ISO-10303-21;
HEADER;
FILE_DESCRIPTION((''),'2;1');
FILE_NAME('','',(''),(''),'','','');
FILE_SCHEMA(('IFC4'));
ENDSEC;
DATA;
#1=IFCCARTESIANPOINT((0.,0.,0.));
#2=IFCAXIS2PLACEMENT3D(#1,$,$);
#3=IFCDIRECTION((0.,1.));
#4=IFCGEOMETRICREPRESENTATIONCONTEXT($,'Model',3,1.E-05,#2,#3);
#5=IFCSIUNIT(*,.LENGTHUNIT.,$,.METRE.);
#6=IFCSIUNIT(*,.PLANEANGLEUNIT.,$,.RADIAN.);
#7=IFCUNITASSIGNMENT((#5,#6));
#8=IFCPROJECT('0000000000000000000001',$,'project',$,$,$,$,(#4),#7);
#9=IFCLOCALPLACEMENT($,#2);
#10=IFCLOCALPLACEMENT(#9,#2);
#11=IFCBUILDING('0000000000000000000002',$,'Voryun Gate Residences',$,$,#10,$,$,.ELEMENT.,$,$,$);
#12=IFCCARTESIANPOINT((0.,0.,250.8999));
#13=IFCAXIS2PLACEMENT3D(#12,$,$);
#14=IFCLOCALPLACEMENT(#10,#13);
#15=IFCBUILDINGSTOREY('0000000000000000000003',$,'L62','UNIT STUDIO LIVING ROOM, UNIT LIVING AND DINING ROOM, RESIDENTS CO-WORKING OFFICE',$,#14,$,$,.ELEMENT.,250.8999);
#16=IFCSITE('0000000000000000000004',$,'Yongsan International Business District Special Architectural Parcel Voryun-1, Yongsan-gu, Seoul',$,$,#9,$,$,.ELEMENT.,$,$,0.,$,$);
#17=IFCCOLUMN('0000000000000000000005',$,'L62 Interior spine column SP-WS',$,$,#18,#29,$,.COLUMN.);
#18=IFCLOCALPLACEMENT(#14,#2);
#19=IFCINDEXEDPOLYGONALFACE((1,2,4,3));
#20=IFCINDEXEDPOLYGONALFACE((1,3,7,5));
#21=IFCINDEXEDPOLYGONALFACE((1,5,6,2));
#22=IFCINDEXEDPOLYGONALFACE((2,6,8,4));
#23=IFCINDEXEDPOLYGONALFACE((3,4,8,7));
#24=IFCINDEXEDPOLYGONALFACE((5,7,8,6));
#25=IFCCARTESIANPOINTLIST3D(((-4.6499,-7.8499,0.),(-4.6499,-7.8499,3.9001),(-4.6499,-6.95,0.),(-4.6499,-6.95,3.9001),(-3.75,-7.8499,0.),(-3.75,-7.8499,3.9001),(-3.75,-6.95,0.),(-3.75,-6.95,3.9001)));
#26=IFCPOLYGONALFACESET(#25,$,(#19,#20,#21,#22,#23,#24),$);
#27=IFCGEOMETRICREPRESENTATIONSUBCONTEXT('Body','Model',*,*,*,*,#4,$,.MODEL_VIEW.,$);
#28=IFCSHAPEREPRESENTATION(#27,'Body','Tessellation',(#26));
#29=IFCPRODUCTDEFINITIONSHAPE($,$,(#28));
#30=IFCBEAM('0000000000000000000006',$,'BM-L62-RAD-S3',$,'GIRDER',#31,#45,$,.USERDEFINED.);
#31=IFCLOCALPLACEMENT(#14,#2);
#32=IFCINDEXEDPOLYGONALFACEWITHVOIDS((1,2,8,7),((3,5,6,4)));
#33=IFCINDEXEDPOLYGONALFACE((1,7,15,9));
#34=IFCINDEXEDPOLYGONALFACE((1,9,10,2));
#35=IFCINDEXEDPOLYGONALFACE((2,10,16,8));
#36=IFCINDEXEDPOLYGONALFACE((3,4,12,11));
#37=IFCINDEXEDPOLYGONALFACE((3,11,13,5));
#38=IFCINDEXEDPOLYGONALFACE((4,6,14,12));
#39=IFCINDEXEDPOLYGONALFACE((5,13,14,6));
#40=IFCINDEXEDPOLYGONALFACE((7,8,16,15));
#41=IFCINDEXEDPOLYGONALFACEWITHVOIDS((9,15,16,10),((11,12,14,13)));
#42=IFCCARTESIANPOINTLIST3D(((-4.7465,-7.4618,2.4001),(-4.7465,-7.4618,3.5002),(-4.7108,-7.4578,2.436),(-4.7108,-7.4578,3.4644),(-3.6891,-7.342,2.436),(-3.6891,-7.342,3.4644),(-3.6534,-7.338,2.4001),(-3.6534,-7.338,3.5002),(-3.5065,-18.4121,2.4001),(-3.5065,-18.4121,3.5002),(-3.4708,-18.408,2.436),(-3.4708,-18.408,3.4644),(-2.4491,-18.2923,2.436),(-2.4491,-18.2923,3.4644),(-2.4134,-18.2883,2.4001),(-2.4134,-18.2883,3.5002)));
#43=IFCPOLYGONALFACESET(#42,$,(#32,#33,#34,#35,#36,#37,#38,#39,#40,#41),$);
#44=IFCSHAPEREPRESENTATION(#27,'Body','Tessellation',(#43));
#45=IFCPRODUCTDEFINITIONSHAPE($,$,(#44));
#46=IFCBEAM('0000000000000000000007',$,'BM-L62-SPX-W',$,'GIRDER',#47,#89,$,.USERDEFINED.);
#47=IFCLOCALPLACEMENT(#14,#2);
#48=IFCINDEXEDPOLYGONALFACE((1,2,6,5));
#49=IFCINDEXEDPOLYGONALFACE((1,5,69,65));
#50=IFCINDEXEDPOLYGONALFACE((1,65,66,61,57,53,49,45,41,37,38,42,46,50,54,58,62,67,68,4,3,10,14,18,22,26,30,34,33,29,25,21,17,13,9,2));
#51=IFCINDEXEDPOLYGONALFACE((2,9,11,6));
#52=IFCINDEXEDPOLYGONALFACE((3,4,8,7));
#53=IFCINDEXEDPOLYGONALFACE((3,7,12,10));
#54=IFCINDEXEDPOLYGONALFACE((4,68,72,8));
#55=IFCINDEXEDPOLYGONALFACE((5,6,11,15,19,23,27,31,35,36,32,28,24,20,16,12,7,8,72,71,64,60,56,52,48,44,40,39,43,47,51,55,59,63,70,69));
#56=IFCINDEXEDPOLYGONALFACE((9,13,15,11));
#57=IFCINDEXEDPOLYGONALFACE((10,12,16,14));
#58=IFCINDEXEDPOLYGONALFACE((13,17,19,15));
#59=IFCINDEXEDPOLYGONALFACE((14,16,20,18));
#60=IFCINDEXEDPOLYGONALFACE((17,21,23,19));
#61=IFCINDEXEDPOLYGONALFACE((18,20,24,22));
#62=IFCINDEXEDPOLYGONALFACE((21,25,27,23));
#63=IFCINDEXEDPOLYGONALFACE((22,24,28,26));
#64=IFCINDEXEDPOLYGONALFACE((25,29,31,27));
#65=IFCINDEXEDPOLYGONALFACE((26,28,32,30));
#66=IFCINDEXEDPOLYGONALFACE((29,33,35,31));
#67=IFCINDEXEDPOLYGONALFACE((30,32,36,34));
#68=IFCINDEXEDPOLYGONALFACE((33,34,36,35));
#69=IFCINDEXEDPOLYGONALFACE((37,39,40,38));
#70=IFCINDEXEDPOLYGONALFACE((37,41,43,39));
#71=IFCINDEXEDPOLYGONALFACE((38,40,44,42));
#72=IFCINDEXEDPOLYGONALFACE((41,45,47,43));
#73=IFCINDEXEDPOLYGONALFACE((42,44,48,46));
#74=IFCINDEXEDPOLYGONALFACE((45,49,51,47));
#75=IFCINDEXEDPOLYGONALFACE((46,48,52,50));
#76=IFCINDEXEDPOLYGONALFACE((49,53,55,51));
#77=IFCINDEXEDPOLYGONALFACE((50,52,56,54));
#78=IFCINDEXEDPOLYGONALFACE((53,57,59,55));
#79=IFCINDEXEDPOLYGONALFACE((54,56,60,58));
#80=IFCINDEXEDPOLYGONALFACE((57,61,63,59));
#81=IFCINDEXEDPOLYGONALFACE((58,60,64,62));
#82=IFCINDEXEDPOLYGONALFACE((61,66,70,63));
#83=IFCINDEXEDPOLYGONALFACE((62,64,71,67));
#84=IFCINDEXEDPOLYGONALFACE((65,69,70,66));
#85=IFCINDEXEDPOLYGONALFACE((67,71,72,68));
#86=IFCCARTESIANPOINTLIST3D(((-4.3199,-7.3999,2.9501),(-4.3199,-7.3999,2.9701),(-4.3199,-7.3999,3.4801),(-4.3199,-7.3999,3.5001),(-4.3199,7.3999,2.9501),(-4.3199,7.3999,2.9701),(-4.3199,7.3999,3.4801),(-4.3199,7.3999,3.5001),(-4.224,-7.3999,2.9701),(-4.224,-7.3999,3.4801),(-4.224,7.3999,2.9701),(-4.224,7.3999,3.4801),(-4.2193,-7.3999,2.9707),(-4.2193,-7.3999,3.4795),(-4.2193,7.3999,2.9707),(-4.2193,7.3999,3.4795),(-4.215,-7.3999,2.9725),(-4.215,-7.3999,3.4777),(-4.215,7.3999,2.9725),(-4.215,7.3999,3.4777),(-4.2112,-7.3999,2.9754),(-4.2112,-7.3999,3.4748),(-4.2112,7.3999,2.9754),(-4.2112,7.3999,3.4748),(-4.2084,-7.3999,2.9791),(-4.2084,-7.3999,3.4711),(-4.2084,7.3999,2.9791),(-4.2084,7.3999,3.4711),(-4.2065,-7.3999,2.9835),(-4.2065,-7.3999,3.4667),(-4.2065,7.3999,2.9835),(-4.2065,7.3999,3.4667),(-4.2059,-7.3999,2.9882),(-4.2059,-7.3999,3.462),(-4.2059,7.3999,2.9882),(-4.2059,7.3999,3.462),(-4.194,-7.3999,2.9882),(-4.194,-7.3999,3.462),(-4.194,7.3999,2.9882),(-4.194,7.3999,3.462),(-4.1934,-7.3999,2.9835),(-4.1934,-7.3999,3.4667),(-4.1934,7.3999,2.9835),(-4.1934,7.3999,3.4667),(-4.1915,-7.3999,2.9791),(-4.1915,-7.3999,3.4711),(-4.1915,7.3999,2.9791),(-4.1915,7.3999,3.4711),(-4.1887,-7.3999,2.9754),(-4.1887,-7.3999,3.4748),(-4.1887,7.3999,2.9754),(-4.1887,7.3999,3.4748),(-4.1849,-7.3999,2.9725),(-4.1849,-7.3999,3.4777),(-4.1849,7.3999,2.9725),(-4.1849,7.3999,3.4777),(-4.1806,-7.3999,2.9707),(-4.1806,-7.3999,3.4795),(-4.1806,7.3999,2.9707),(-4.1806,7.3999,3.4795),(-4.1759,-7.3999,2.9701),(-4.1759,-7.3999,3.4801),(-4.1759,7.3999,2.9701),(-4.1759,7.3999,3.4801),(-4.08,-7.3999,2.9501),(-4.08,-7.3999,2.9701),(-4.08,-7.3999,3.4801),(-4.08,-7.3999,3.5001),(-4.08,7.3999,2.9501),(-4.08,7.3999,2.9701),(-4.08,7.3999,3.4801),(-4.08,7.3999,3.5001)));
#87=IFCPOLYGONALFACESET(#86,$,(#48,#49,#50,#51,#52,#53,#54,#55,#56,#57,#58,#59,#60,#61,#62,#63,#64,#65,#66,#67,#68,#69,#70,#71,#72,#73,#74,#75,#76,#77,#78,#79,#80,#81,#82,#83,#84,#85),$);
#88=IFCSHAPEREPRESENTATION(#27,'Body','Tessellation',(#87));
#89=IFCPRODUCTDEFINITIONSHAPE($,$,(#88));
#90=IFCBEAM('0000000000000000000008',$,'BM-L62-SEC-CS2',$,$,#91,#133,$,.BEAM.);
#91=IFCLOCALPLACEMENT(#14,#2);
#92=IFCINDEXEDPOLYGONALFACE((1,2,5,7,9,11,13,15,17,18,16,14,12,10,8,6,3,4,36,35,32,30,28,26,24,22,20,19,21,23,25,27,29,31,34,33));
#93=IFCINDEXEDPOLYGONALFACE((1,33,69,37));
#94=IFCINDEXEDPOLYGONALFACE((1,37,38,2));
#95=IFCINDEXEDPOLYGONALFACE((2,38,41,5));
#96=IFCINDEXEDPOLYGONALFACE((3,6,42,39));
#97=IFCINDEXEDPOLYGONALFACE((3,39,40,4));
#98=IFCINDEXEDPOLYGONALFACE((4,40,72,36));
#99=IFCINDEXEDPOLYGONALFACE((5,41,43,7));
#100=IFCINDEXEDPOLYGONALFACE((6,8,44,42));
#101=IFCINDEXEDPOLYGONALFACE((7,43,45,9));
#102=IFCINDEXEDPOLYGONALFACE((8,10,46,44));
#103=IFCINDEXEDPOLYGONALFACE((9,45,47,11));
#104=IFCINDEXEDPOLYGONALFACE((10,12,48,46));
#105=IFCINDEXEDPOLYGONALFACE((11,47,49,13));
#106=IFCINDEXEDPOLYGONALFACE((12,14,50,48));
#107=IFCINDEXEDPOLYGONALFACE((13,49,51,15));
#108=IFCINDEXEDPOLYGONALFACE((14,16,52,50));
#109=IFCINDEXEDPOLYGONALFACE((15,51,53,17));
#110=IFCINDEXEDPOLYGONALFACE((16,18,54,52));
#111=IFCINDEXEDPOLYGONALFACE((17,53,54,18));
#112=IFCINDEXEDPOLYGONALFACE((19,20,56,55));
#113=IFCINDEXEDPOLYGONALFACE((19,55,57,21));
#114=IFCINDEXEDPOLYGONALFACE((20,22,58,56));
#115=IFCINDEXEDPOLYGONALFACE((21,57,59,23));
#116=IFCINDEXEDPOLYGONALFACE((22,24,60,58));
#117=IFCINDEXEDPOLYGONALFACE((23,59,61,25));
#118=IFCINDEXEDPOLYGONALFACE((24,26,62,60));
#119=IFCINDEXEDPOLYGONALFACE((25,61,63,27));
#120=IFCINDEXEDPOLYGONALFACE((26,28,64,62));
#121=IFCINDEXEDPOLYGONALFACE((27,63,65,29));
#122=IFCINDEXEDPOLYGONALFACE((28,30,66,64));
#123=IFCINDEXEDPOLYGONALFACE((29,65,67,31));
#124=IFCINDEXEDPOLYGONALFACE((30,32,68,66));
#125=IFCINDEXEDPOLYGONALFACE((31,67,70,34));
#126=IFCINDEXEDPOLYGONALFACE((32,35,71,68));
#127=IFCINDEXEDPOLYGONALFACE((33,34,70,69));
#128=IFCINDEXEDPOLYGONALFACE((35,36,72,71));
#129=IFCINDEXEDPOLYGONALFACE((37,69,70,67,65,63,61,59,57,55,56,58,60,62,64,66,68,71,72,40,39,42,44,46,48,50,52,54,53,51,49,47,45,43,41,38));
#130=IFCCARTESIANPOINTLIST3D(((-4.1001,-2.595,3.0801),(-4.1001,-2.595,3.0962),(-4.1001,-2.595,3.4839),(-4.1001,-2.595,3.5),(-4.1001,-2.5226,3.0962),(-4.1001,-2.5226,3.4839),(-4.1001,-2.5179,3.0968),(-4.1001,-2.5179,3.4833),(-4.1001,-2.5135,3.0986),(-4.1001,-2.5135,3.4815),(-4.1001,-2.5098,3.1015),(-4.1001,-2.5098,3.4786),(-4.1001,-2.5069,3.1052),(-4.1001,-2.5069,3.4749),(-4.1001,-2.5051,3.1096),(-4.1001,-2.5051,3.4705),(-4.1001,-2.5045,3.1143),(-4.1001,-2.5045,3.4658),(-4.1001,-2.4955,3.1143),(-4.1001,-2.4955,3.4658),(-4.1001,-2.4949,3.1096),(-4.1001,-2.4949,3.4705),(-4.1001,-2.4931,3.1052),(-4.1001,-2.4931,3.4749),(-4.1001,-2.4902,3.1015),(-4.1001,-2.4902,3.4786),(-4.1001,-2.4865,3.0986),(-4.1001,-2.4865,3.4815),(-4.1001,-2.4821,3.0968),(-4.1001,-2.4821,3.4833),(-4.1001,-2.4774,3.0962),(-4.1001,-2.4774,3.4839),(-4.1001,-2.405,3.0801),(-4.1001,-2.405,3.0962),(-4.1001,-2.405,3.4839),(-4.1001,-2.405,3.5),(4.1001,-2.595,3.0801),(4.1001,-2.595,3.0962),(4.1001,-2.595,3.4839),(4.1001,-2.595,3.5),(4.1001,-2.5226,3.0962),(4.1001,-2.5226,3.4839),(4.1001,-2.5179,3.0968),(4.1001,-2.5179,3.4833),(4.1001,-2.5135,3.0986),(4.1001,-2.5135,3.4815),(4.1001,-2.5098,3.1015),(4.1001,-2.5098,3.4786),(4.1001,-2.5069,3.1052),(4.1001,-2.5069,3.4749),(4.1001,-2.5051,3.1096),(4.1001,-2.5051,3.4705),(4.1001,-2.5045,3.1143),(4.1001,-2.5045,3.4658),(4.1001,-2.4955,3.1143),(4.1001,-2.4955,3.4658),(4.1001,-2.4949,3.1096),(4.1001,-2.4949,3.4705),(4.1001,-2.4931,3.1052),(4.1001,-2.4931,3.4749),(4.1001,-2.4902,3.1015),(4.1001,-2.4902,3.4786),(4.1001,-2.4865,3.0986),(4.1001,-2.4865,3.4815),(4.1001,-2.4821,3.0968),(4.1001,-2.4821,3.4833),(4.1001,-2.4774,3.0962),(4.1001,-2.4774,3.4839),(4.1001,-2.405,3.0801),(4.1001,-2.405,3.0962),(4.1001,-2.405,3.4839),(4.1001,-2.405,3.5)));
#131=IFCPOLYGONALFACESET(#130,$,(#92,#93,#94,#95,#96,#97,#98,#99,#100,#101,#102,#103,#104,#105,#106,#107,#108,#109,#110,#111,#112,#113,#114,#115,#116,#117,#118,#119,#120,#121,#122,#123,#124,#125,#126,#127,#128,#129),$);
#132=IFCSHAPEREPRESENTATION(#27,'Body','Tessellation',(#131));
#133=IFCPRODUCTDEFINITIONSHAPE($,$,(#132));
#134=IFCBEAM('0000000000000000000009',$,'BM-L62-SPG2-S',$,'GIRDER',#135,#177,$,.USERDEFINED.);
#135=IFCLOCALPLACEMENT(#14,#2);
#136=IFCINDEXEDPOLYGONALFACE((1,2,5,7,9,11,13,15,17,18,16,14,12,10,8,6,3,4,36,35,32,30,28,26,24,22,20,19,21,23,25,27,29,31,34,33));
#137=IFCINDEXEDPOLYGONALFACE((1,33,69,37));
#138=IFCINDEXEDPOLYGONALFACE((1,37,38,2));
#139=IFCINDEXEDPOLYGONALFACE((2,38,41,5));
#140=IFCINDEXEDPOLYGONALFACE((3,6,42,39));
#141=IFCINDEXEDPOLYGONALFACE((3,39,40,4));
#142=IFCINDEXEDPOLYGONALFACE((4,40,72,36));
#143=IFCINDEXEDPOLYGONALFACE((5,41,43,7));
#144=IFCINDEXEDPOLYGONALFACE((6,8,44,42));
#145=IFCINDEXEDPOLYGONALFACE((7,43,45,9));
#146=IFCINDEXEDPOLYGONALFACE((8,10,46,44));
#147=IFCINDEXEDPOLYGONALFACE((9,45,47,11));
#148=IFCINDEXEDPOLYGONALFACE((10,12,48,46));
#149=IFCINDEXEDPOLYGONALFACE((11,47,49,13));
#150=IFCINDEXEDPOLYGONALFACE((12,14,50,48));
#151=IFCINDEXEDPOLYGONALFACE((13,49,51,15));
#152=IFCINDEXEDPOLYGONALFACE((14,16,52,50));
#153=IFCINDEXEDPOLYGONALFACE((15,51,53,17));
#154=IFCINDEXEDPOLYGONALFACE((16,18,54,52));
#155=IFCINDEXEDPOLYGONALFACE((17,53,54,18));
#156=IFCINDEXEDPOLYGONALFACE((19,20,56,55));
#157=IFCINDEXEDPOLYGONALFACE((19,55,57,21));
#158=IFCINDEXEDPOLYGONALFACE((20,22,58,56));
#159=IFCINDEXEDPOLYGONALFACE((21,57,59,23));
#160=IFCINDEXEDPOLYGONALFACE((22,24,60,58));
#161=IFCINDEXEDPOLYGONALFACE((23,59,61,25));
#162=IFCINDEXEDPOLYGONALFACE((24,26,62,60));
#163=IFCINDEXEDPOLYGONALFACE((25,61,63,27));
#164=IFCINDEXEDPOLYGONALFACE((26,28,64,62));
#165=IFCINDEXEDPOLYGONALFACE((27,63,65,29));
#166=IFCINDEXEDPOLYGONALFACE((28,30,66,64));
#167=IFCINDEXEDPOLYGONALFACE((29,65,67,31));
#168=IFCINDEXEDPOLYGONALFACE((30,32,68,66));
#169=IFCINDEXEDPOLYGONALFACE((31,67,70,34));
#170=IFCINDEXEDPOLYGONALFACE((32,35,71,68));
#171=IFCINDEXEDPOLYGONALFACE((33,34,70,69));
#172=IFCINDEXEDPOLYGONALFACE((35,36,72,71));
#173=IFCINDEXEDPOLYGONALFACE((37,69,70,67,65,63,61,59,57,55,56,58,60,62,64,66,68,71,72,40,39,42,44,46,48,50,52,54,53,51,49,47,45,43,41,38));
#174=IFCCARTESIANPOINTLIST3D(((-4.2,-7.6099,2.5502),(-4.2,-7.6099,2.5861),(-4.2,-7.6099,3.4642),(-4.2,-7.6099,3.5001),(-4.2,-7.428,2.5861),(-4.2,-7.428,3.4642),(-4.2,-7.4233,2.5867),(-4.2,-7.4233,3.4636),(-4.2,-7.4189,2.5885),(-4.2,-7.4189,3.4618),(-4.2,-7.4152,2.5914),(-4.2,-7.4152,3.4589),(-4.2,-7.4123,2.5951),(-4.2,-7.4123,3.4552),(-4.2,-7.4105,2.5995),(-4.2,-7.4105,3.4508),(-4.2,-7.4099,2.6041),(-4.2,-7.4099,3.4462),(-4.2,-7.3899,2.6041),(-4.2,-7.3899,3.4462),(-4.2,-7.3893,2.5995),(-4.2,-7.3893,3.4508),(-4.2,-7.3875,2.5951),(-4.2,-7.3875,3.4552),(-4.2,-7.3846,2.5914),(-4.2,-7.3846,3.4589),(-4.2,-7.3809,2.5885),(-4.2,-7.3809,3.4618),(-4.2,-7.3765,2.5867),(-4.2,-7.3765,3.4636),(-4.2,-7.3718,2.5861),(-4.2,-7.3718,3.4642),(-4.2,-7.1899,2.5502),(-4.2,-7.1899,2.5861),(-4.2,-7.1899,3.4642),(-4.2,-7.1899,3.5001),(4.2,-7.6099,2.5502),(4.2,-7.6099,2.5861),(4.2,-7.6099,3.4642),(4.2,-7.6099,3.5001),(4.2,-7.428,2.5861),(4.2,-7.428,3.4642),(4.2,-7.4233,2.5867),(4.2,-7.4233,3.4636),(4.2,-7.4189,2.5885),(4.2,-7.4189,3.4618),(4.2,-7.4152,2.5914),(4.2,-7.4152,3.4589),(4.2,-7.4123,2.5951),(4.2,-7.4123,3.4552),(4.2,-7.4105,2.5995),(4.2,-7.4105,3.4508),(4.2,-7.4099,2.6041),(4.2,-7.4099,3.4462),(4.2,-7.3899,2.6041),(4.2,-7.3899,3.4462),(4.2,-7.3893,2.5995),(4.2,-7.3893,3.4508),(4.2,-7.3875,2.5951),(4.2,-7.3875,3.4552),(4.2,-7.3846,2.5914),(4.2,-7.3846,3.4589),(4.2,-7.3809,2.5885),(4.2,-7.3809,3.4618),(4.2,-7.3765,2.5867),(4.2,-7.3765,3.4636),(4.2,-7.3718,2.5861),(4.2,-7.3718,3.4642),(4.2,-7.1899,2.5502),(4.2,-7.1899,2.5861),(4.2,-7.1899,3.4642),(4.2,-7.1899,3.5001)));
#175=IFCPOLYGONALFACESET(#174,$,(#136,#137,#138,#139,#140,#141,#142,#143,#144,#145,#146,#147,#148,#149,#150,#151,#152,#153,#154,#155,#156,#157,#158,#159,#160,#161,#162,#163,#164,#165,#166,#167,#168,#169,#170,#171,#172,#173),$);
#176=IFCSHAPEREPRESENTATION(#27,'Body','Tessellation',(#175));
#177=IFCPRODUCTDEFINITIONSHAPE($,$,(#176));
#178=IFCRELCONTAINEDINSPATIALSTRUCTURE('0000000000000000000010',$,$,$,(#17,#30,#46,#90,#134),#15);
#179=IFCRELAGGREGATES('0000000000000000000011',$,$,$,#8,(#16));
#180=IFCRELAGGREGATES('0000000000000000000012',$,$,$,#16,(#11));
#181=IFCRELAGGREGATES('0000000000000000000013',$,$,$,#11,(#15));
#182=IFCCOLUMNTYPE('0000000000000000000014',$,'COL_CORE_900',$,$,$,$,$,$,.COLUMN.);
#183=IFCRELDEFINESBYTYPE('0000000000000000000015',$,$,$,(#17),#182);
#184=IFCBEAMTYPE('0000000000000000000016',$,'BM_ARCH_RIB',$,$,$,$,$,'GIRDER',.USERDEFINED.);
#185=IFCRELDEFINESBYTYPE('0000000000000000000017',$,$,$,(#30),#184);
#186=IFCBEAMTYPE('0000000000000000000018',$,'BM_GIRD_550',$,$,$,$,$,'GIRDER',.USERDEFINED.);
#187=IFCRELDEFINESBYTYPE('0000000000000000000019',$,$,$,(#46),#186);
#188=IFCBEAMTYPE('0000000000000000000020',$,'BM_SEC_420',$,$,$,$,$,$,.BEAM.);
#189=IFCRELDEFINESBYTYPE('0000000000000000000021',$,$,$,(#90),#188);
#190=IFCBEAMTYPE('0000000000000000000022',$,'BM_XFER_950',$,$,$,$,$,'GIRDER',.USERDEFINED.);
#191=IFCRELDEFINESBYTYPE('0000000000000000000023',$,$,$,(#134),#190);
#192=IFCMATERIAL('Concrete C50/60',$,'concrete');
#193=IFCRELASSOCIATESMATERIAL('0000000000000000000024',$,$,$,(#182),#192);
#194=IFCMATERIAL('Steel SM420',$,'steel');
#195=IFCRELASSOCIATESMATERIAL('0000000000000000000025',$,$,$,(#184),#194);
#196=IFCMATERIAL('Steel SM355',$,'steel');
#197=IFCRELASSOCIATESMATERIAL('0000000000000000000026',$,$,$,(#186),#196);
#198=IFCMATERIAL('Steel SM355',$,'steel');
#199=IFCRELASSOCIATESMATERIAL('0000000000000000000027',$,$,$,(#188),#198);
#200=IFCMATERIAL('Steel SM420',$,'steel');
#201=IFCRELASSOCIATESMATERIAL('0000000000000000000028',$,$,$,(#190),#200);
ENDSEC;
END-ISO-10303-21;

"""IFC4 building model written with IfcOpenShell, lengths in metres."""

from ifc_helpers import new_model, si_unit, direction, frame, origin, origin_2d, place, context, subcontext, project, spatial, rectangle, hollow_rectangle, i_section, extrude, material, material_profile, profile_set, type_object, element, save


model = new_model("IFC4")

# Units and contexts
model_context = context("Model", 3, precision=1e-05, world=origin(), true_north=direction((0.0, 1.0)))
body_context = subcontext(model_context, "Body", "Model", "MODEL_VIEW")
ifc_project = project(units=[si_unit("LENGTHUNIT", "METRE"), si_unit("PLANEANGLEUNIT", "RADIAN")], contexts=[model_context])

# Site, building, storey
site_placement = place(None, origin())
site = spatial("IfcSite", under=ifc_project, at=site_placement, Name="Yongsan International Business District Special Architectural Parcel Voryun-1, Yongsan-gu, Seoul", CompositionType="ELEMENT", RefElevation=0.0)
building_placement = place(site_placement, origin())
building = spatial("IfcBuilding", under=site, at=building_placement, Name="Voryun Gate Residences", CompositionType="ELEMENT")
storey_placement = place(building_placement, frame((0.0, 0.0, 250.8999)))
storey = spatial("IfcBuildingStorey", under=building, at=storey_placement, Name="L62", Description="UNIT STUDIO LIVING ROOM, UNIT LIVING AND DINING ROOM, RESIDENTS CO-WORKING OFFICE", CompositionType="ELEMENT", Elevation=250.8999)

# Column
ifc_material_1 = material(Name="Concrete C50/60", Category="concrete")
ifc_material_profile_1 = material_profile(ifc_material_1, rectangle(XDim=0.8999, YDim=0.8999, at=origin_2d()), Name="RC-900x900")
ifc_profile_set_1 = profile_set([ifc_material_profile_1], Name="Concrete C50/60")
column_type = type_object("IfcColumnType", Name="COL_CORE_900", PredefinedType="COLUMN", material=ifc_profile_set_1)
column_placement = place(storey_placement, frame((-4.2, -7.3999, 0.0), z_axis=(0.0, 0.0, 1.0), x_axis=(1.0, 0.0, 0.0)))
element("IfcColumn", 1, at=column_placement, inside=storey, type_object=column_type, Name="L62 Interior spine column SP-WS", PredefinedType="COLUMN", context=body_context, shape_type="SweptSolid", body=[
    extrude(rectangle(XDim=0.8999, YDim=0.8999, at=origin_2d()), origin(), (0.0, 0.0, 1.0), 3.9001),
])

# Beams
ifc_material_2 = material(Name="Steel SM420", Category="steel")
ifc_material_profile_2 = material_profile(ifc_material_2, hollow_rectangle(XDim=1.1001, YDim=1.1001, WallThickness=0.0359, at=origin_2d()), Name="BOX-1100x1100x36")
ifc_profile_set_2 = profile_set([ifc_material_profile_2], Name="Steel SM420")
beam_type_1 = type_object("IfcBeamType", Name="BM_ARCH_RIB", ElementType="GIRDER", PredefinedType="USERDEFINED", material=ifc_profile_set_2)
beam_1_placement = place(storey_placement, frame((-4.2, -7.3999, 2.9502), z_axis=(0.11252, -0.993649, 0.0), x_axis=(0.993649, 0.11252, 0.0)))
element("IfcBeam", 2, at=beam_1_placement, inside=storey, type_object=beam_type_1, Name="BM-L62-RAD-S3", ObjectType="GIRDER", PredefinedType="USERDEFINED", context=body_context, shape_type="SweptSolid", body=[
    extrude(hollow_rectangle(XDim=1.1001, YDim=1.1001, WallThickness=0.0359, at=origin_2d()), origin(), (0.0, 0.0, 1.0), 11.0203),
])
ifc_material_3 = material(Name="Steel SM355", Category="steel")
ifc_material_profile_3 = material_profile(ifc_material_3, i_section(OverallWidth=0.24, OverallDepth=0.55, WebThickness=0.012, FlangeThickness=0.02, FilletRadius=0.0181, at=origin_2d()), Name="H-550x240x12x20")
ifc_profile_set_3 = profile_set([ifc_material_profile_3], Name="Steel SM355")
beam_type_2 = type_object("IfcBeamType", Name="BM_GIRD_550", ElementType="GIRDER", PredefinedType="USERDEFINED", material=ifc_profile_set_3)
beam_2_placement = place(storey_placement, frame((-4.2, -7.3999, 3.2251), z_axis=(0.0, 1.0, 0.0), x_axis=(-1.0, 0.0, 0.0)))
element("IfcBeam", 3, at=beam_2_placement, inside=storey, type_object=beam_type_2, Name="BM-L62-SPX-W", ObjectType="GIRDER", PredefinedType="USERDEFINED", context=body_context, shape_type="SweptSolid", body=[
    extrude(i_section(OverallWidth=0.24, OverallDepth=0.55, WebThickness=0.012, FlangeThickness=0.02, FilletRadius=0.0181, at=origin_2d()), origin(), (0.0, 0.0, 1.0), 14.7998),
])
ifc_material_4 = material(Name="Steel SM355", Category="steel")
ifc_material_profile_4 = material_profile(ifc_material_4, i_section(OverallWidth=0.1899, OverallDepth=0.4199, WebThickness=0.009, FlangeThickness=0.0161, FilletRadius=0.0181, at=origin_2d()), Name="H-420x190x9x16")
ifc_profile_set_4 = profile_set([ifc_material_profile_4], Name="Steel SM355")
beam_type_3 = type_object("IfcBeamType", Name="BM_SEC_420", PredefinedType="BEAM", material=ifc_profile_set_4)
beam_3_placement = place(storey_placement, frame((-4.1001, -2.5, 3.29), z_axis=(1.0, 0.0, 0.0), x_axis=(0.0, 1.0, 0.0)))
element("IfcBeam", 4, at=beam_3_placement, inside=storey, type_object=beam_type_3, Name="BM-L62-SEC-CS2", PredefinedType="BEAM", context=body_context, shape_type="SweptSolid", body=[
    extrude(i_section(OverallWidth=0.1899, OverallDepth=0.4199, WebThickness=0.009, FlangeThickness=0.0161, FilletRadius=0.0181, at=origin_2d()), origin(), (0.0, 0.0, 1.0), 8.2002),
])
ifc_material_5 = material(Name="Steel SM420", Category="steel")
ifc_material_profile_5 = material_profile(ifc_material_5, i_section(OverallWidth=0.4199, OverallDepth=0.95, WebThickness=0.02, FlangeThickness=0.0359, FilletRadius=0.0181, at=origin_2d()), Name="H-950x420x20x36")
ifc_profile_set_5 = profile_set([ifc_material_profile_5], Name="Steel SM420")
beam_type_4 = type_object("IfcBeamType", Name="BM_XFER_950", ElementType="GIRDER", PredefinedType="USERDEFINED", material=ifc_profile_set_5)
beam_4_placement = place(storey_placement, frame((-4.2, -7.3999, 3.0251), z_axis=(1.0, 0.0, 0.0), x_axis=(0.0, 1.0, 0.0)))
element("IfcBeam", 5, at=beam_4_placement, inside=storey, type_object=beam_type_4, Name="BM-L62-SPG2-S", ObjectType="GIRDER", PredefinedType="USERDEFINED", context=body_context, shape_type="SweptSolid", body=[
    extrude(i_section(OverallWidth=0.4199, OverallDepth=0.95, WebThickness=0.02, FlangeThickness=0.0359, FilletRadius=0.0181, at=origin_2d()), origin(), (0.0, 0.0, 1.0), 8.3999),
])

save(model, "model.ifc")
